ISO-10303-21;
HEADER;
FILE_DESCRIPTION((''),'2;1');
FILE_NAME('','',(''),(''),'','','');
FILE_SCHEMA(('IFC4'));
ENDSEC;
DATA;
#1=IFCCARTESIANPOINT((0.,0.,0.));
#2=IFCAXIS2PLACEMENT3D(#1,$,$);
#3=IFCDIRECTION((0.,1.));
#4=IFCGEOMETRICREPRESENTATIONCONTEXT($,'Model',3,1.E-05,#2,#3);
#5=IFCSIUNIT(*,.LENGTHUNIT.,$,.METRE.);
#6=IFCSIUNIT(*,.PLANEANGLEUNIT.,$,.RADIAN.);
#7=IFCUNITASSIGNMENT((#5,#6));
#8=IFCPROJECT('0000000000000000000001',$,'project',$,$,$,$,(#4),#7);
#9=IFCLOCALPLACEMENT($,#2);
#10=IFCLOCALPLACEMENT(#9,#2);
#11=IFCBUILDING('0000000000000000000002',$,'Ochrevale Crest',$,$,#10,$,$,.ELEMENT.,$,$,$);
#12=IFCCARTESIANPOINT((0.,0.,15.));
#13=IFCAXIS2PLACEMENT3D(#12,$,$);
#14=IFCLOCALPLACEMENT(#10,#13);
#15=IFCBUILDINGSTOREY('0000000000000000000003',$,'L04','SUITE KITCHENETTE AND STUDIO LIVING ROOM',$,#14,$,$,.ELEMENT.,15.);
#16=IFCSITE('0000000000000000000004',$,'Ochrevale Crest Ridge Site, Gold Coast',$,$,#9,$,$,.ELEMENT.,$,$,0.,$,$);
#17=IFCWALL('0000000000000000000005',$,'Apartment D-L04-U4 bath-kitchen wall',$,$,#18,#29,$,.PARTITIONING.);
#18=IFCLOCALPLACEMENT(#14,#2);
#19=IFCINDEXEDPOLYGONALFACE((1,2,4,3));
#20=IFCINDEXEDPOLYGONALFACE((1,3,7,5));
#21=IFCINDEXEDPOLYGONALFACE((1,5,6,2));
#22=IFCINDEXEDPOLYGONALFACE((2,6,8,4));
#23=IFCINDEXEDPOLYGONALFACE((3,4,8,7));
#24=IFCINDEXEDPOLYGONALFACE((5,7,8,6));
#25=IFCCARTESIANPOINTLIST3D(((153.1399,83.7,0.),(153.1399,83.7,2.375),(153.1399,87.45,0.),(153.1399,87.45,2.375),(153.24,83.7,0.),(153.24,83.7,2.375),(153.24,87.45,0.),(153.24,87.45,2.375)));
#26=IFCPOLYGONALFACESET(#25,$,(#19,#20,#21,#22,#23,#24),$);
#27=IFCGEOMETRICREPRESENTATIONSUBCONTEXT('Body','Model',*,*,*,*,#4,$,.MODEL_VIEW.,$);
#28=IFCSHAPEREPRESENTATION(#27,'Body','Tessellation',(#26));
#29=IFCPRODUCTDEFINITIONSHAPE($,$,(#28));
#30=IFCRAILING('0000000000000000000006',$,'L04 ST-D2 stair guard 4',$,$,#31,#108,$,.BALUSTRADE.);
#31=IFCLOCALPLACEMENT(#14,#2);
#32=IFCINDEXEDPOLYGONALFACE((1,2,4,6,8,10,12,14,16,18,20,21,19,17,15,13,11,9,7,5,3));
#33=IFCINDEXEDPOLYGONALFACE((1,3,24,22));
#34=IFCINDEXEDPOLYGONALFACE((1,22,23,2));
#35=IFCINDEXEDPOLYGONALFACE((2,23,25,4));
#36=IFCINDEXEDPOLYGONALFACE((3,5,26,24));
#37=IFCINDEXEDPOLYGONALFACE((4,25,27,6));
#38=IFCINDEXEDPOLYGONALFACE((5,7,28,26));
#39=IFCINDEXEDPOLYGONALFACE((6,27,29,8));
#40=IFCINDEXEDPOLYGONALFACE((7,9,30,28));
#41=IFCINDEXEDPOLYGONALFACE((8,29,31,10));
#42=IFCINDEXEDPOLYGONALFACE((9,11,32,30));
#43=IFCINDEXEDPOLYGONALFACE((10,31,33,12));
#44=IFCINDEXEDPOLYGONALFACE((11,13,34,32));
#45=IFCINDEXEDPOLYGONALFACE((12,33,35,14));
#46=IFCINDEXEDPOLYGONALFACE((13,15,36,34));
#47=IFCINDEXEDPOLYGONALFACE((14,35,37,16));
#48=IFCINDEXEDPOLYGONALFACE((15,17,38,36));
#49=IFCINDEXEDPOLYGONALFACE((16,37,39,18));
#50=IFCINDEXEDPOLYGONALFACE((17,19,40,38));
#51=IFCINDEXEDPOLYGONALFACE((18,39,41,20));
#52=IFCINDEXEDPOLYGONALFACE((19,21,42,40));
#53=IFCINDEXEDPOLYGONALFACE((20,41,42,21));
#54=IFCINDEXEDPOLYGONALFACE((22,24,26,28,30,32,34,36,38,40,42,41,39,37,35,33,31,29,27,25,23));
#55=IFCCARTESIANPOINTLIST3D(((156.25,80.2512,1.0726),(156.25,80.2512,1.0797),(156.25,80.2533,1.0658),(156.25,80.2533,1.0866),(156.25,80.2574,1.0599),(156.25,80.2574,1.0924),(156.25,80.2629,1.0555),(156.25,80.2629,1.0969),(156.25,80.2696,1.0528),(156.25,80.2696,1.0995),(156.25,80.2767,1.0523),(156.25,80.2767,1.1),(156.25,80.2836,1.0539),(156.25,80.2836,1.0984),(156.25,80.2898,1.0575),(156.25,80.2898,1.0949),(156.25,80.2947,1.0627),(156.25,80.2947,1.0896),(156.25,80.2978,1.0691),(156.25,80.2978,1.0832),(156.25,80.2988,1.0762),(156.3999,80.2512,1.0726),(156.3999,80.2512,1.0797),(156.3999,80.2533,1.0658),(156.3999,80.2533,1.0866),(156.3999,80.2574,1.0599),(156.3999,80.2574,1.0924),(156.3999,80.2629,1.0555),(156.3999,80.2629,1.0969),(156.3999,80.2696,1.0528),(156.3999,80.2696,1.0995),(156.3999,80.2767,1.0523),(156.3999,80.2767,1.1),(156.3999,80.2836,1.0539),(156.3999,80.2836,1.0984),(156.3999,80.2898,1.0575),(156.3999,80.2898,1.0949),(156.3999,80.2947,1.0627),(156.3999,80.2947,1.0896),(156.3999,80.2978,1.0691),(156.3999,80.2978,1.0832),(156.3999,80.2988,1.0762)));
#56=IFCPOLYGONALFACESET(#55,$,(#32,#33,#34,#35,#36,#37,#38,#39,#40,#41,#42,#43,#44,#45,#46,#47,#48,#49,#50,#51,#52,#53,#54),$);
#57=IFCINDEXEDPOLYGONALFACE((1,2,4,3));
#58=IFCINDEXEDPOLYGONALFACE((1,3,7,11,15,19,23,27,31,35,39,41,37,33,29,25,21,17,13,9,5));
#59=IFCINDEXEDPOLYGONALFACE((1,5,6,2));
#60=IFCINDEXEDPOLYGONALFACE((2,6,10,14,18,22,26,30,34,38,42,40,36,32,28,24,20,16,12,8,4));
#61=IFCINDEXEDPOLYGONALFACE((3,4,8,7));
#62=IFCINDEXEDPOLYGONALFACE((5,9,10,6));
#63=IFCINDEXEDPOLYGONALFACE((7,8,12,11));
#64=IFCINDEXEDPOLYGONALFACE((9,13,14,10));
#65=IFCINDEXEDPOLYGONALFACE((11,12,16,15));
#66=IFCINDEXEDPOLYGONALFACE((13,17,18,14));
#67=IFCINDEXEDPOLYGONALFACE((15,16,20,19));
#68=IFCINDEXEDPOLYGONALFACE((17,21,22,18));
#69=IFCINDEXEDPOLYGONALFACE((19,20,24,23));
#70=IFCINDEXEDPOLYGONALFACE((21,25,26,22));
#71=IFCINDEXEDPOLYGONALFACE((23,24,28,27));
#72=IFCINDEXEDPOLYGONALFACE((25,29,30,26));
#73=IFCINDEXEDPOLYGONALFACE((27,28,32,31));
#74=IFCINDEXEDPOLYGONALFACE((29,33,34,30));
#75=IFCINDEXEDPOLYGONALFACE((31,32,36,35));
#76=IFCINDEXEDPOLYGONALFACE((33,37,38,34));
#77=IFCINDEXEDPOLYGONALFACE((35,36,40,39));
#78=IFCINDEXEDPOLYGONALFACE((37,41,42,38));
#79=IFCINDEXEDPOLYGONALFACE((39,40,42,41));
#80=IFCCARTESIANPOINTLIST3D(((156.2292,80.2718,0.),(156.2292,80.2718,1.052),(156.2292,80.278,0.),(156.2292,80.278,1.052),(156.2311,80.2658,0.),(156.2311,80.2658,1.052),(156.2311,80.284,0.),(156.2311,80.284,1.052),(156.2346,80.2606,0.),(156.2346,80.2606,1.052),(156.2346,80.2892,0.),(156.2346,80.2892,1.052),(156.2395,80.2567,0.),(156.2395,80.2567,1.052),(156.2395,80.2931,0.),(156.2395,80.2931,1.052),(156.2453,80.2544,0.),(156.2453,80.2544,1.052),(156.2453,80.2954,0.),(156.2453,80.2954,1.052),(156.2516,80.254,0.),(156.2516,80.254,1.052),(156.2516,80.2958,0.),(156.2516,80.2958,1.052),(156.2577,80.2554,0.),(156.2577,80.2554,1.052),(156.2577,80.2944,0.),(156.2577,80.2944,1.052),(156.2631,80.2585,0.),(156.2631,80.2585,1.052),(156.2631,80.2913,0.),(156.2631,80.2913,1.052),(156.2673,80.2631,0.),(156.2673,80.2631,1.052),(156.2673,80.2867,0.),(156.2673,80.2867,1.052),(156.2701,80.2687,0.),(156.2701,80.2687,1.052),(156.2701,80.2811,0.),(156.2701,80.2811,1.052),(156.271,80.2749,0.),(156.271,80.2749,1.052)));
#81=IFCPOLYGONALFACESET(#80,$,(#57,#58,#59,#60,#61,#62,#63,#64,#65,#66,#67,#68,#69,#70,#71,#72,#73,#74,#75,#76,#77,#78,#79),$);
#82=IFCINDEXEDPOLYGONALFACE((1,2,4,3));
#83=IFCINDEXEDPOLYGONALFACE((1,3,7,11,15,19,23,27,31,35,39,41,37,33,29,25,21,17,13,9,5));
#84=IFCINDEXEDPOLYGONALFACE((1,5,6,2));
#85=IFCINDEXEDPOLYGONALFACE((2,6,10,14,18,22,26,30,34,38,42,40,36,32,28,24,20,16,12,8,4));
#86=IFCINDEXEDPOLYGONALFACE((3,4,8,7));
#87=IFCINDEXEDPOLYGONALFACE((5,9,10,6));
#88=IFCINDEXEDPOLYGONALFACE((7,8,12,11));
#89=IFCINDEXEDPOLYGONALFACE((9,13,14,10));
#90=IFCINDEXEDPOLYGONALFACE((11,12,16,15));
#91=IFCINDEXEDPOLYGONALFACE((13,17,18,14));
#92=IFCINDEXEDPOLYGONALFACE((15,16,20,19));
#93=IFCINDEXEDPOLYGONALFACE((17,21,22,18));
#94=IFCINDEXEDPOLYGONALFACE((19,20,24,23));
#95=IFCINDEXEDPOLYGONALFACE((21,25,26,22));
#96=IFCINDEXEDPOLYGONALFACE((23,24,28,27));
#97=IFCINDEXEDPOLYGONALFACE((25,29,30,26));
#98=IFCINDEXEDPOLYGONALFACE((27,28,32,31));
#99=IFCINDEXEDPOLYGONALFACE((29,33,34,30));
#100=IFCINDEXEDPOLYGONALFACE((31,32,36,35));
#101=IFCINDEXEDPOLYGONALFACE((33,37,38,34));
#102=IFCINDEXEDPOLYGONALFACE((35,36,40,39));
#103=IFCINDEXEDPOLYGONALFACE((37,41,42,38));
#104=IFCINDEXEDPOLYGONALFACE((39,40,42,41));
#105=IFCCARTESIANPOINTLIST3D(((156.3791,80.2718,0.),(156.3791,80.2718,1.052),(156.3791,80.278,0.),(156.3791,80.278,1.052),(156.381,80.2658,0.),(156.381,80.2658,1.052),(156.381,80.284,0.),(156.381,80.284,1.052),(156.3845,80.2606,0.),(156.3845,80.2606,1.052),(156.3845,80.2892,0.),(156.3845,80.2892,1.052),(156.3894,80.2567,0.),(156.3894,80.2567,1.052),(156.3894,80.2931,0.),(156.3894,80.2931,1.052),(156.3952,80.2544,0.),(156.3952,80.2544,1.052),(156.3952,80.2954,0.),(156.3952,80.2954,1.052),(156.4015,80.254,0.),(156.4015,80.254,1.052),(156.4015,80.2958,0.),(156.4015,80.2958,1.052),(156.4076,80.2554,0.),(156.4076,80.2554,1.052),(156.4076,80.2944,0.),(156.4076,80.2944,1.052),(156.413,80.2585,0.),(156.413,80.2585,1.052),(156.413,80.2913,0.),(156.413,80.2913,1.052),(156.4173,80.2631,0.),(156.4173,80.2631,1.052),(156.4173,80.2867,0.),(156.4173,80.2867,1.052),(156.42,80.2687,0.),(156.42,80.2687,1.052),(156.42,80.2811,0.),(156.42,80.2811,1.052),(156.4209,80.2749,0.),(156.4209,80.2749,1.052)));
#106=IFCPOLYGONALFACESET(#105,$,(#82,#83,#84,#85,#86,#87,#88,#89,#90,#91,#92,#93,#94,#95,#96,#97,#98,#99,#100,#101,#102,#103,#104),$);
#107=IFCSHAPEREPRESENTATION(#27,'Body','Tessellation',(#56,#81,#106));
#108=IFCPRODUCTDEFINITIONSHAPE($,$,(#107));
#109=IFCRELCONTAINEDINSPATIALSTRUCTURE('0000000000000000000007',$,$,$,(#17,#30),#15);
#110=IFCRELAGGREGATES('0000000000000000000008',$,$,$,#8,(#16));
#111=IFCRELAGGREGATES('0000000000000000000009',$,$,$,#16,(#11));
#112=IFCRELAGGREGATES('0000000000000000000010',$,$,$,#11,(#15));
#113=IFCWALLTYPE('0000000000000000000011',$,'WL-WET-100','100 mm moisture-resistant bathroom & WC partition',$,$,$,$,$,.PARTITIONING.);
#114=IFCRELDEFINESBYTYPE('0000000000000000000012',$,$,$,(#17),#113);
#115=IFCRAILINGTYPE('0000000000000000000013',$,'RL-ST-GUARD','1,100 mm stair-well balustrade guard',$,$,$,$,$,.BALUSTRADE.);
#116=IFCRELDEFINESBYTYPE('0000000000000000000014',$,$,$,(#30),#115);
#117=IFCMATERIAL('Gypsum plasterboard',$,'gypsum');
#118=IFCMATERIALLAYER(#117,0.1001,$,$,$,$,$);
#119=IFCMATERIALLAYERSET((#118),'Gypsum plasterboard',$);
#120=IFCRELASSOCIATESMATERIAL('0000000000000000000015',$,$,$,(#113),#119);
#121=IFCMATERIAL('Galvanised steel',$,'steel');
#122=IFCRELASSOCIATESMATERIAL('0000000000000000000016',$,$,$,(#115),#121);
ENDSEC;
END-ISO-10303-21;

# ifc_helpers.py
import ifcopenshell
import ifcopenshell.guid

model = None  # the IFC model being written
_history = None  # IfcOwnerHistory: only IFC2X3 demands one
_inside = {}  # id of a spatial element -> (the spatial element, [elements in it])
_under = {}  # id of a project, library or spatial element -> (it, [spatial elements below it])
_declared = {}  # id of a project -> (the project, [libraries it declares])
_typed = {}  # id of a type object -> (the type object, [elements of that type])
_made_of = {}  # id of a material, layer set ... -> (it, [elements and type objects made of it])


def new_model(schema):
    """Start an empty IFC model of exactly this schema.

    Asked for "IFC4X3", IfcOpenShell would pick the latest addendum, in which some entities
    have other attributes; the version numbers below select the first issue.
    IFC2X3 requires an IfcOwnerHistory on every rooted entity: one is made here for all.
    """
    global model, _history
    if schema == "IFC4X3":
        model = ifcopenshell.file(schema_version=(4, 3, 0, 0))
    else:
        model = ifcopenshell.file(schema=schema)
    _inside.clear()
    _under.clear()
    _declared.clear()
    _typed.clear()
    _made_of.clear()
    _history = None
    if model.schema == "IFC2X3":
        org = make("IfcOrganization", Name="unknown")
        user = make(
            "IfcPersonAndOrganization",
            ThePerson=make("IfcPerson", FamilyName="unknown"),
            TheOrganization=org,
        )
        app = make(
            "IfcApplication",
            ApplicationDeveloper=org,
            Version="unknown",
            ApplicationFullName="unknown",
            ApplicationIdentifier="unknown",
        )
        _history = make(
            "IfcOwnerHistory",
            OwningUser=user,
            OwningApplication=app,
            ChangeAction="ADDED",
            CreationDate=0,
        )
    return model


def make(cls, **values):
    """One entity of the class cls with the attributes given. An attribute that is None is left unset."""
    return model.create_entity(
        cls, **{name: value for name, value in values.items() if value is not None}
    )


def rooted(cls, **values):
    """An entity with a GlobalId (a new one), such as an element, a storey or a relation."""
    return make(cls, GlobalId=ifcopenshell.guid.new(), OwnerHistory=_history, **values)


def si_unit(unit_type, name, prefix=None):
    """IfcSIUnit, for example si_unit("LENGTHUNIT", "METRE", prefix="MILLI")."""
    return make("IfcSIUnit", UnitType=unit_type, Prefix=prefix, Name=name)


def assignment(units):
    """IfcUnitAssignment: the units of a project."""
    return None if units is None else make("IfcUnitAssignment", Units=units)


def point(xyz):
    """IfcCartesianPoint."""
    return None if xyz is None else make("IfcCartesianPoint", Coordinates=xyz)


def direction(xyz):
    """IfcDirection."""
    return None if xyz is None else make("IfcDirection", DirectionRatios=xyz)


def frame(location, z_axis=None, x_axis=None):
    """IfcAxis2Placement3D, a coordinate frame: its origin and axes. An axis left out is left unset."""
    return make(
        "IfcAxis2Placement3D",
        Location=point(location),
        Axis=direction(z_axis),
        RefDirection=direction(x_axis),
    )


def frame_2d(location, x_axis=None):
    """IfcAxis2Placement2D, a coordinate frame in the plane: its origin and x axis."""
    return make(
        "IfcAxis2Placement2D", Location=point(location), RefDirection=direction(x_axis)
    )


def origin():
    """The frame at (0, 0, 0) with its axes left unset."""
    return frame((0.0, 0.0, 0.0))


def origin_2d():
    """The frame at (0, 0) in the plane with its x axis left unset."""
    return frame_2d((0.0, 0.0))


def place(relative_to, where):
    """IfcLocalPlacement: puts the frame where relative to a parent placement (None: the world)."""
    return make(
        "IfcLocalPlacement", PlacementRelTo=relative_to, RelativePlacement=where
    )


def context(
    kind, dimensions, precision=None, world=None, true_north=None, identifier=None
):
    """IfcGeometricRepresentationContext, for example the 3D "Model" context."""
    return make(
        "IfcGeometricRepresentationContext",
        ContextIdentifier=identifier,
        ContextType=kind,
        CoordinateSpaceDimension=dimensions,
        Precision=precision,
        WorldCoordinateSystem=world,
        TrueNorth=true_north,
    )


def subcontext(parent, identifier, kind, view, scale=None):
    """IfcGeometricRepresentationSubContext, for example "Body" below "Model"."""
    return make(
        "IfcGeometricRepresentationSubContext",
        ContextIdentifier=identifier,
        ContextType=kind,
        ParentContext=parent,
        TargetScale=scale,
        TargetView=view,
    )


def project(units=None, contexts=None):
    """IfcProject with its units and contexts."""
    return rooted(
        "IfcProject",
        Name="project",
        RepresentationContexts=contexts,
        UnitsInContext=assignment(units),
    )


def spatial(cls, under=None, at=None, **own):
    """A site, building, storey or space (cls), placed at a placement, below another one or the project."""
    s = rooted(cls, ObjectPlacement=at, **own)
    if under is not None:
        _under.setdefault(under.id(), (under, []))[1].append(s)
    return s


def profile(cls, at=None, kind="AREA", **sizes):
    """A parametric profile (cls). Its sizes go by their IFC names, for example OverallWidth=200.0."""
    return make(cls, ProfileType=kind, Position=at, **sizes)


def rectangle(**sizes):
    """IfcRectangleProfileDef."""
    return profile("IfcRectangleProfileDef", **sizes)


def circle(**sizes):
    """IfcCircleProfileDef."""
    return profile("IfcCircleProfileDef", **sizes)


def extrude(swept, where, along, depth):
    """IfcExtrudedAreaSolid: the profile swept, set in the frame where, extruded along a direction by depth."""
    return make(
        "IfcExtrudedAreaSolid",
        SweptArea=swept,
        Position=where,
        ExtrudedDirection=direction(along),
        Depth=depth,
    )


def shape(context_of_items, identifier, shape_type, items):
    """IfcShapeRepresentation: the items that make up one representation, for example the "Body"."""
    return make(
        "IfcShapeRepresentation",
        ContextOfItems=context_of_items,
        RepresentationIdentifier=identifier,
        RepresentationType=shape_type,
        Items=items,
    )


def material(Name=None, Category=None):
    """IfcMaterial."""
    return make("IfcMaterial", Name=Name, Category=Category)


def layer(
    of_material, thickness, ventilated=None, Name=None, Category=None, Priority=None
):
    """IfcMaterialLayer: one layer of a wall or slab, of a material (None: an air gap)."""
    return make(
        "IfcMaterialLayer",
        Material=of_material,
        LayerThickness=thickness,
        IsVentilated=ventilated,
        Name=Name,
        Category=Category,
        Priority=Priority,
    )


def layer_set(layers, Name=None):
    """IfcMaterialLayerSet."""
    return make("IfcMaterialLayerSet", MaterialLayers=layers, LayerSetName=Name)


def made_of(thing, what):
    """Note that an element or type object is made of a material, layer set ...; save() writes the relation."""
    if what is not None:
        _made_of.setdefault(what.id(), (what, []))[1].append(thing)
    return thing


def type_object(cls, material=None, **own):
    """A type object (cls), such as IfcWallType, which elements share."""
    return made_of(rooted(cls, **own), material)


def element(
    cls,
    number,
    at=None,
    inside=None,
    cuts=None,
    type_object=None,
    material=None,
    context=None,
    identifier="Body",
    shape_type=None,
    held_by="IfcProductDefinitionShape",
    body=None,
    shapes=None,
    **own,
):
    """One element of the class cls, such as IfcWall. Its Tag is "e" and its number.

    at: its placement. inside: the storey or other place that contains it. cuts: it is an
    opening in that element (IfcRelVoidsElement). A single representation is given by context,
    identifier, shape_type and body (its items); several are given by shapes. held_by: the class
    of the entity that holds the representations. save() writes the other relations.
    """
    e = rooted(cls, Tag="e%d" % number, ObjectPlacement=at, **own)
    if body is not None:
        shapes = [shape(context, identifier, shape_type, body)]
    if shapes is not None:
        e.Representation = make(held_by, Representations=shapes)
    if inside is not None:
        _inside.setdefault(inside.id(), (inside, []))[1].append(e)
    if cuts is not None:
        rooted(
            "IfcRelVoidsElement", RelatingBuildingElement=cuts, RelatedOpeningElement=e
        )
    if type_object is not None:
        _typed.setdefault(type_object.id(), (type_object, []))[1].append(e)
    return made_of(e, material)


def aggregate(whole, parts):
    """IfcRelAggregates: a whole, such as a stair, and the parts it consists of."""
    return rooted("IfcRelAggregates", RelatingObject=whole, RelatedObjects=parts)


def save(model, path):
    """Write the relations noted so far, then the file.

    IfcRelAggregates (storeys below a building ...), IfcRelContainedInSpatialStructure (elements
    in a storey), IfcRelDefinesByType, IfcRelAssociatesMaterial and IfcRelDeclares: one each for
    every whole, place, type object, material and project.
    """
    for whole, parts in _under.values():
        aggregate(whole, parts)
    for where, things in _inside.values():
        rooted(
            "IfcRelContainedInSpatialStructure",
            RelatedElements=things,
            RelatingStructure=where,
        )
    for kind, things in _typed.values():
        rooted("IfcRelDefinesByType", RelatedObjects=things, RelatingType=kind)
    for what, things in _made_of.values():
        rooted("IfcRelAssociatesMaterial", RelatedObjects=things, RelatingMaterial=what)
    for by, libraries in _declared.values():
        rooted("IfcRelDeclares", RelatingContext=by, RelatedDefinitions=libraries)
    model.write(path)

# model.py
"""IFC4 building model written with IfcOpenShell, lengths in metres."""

from ifc_helpers import new_model, si_unit, direction, frame, frame_2d, origin, origin_2d, place, context, subcontext, project, spatial, rectangle, circle, extrude, material, layer, layer_set, type_object, element, save


model = new_model("IFC4")

# Units and contexts
model_context = context("Model", 3, precision=1e-05, world=origin(), true_north=direction((0.0, 1.0)))
body_context = subcontext(model_context, "Body", "Model", "MODEL_VIEW")
ifc_project = project(units=[si_unit("LENGTHUNIT", "METRE"), si_unit("PLANEANGLEUNIT", "RADIAN")], contexts=[model_context])

# Site, building, storey
site_placement = place(None, origin())
site = spatial("IfcSite", under=ifc_project, at=site_placement, Name="Ochrevale Crest Ridge Site, Gold Coast", CompositionType="ELEMENT", RefElevation=0.0)
building_placement = place(site_placement, origin())
building = spatial("IfcBuilding", under=site, at=building_placement, Name="Ochrevale Crest", CompositionType="ELEMENT")
storey_placement = place(building_placement, frame((0.0, 0.0, 15.0)))
storey = spatial("IfcBuildingStorey", under=building, at=storey_placement, Name="L04", Description="SUITE KITCHENETTE AND STUDIO LIVING ROOM", CompositionType="ELEMENT", Elevation=15.0)

# Shared definitions
ifc_material_1 = material(Name="Gypsum plasterboard", Category="gypsum")

# Wall
ifc_layer_1 = layer(ifc_material_1, 0.1001)
ifc_layer_set_1 = layer_set([ifc_layer_1], Name="Gypsum plasterboard")
wall_type_1 = type_object("IfcWallType", Name="WL-WET-100", Description="100 mm moisture-resistant bathroom & WC partition", PredefinedType="PARTITIONING", material=ifc_layer_set_1)
wall_1_placement = place(storey_placement, frame((153.1899, 83.7, 0.0), z_axis=(0.0, 0.0, 1.0), x_axis=(0.0, 1.0, 0.0)))
element("IfcWall", 1, at=wall_1_placement, inside=storey, type_object=wall_type_1, Name="Apartment D-L04-U4 bath-kitchen wall", PredefinedType="PARTITIONING", context=body_context, shape_type="SweptSolid", body=[
    extrude(rectangle(XDim=3.75, YDim=0.1001, at=frame_2d((1.875, 0.0))), origin(), (0.0, 0.0, 1.0), 2.375),
])

# Railing
ifc_material_2 = material(Name="Galvanised steel", Category="steel")
railing_type = type_object("IfcRailingType", Name="RL-ST-GUARD", Description="1,100 mm stair-well balustrade guard", PredefinedType="BALUSTRADE", material=ifc_material_2)
railing_placement = place(storey_placement, frame((156.25, 80.2749, 0.0)))
element("IfcRailing", 2, at=railing_placement, inside=storey, type_object=railing_type, Name="L04 ST-D2 stair guard 4", PredefinedType="BALUSTRADE", context=body_context, shape_type="SweptSolid", body=[
    extrude(circle(Radius=0.0239, at=origin_2d()), frame((0.0, 0.0, 1.0762), z_axis=(1.0, 0.0, 0.0), x_axis=(0.0, 1.0, 0.0)), (0.0, 0.0, 1.0), 0.1499),
    extrude(circle(Radius=0.021, at=origin_2d()), origin(), (0.0, 0.0, 1.0), 1.052),
    extrude(circle(Radius=0.021, at=origin_2d()), frame((0.1499, 0.0, 0.0)), (0.0, 0.0, 1.0), 1.052),
])

save(model, "model.ifc")
